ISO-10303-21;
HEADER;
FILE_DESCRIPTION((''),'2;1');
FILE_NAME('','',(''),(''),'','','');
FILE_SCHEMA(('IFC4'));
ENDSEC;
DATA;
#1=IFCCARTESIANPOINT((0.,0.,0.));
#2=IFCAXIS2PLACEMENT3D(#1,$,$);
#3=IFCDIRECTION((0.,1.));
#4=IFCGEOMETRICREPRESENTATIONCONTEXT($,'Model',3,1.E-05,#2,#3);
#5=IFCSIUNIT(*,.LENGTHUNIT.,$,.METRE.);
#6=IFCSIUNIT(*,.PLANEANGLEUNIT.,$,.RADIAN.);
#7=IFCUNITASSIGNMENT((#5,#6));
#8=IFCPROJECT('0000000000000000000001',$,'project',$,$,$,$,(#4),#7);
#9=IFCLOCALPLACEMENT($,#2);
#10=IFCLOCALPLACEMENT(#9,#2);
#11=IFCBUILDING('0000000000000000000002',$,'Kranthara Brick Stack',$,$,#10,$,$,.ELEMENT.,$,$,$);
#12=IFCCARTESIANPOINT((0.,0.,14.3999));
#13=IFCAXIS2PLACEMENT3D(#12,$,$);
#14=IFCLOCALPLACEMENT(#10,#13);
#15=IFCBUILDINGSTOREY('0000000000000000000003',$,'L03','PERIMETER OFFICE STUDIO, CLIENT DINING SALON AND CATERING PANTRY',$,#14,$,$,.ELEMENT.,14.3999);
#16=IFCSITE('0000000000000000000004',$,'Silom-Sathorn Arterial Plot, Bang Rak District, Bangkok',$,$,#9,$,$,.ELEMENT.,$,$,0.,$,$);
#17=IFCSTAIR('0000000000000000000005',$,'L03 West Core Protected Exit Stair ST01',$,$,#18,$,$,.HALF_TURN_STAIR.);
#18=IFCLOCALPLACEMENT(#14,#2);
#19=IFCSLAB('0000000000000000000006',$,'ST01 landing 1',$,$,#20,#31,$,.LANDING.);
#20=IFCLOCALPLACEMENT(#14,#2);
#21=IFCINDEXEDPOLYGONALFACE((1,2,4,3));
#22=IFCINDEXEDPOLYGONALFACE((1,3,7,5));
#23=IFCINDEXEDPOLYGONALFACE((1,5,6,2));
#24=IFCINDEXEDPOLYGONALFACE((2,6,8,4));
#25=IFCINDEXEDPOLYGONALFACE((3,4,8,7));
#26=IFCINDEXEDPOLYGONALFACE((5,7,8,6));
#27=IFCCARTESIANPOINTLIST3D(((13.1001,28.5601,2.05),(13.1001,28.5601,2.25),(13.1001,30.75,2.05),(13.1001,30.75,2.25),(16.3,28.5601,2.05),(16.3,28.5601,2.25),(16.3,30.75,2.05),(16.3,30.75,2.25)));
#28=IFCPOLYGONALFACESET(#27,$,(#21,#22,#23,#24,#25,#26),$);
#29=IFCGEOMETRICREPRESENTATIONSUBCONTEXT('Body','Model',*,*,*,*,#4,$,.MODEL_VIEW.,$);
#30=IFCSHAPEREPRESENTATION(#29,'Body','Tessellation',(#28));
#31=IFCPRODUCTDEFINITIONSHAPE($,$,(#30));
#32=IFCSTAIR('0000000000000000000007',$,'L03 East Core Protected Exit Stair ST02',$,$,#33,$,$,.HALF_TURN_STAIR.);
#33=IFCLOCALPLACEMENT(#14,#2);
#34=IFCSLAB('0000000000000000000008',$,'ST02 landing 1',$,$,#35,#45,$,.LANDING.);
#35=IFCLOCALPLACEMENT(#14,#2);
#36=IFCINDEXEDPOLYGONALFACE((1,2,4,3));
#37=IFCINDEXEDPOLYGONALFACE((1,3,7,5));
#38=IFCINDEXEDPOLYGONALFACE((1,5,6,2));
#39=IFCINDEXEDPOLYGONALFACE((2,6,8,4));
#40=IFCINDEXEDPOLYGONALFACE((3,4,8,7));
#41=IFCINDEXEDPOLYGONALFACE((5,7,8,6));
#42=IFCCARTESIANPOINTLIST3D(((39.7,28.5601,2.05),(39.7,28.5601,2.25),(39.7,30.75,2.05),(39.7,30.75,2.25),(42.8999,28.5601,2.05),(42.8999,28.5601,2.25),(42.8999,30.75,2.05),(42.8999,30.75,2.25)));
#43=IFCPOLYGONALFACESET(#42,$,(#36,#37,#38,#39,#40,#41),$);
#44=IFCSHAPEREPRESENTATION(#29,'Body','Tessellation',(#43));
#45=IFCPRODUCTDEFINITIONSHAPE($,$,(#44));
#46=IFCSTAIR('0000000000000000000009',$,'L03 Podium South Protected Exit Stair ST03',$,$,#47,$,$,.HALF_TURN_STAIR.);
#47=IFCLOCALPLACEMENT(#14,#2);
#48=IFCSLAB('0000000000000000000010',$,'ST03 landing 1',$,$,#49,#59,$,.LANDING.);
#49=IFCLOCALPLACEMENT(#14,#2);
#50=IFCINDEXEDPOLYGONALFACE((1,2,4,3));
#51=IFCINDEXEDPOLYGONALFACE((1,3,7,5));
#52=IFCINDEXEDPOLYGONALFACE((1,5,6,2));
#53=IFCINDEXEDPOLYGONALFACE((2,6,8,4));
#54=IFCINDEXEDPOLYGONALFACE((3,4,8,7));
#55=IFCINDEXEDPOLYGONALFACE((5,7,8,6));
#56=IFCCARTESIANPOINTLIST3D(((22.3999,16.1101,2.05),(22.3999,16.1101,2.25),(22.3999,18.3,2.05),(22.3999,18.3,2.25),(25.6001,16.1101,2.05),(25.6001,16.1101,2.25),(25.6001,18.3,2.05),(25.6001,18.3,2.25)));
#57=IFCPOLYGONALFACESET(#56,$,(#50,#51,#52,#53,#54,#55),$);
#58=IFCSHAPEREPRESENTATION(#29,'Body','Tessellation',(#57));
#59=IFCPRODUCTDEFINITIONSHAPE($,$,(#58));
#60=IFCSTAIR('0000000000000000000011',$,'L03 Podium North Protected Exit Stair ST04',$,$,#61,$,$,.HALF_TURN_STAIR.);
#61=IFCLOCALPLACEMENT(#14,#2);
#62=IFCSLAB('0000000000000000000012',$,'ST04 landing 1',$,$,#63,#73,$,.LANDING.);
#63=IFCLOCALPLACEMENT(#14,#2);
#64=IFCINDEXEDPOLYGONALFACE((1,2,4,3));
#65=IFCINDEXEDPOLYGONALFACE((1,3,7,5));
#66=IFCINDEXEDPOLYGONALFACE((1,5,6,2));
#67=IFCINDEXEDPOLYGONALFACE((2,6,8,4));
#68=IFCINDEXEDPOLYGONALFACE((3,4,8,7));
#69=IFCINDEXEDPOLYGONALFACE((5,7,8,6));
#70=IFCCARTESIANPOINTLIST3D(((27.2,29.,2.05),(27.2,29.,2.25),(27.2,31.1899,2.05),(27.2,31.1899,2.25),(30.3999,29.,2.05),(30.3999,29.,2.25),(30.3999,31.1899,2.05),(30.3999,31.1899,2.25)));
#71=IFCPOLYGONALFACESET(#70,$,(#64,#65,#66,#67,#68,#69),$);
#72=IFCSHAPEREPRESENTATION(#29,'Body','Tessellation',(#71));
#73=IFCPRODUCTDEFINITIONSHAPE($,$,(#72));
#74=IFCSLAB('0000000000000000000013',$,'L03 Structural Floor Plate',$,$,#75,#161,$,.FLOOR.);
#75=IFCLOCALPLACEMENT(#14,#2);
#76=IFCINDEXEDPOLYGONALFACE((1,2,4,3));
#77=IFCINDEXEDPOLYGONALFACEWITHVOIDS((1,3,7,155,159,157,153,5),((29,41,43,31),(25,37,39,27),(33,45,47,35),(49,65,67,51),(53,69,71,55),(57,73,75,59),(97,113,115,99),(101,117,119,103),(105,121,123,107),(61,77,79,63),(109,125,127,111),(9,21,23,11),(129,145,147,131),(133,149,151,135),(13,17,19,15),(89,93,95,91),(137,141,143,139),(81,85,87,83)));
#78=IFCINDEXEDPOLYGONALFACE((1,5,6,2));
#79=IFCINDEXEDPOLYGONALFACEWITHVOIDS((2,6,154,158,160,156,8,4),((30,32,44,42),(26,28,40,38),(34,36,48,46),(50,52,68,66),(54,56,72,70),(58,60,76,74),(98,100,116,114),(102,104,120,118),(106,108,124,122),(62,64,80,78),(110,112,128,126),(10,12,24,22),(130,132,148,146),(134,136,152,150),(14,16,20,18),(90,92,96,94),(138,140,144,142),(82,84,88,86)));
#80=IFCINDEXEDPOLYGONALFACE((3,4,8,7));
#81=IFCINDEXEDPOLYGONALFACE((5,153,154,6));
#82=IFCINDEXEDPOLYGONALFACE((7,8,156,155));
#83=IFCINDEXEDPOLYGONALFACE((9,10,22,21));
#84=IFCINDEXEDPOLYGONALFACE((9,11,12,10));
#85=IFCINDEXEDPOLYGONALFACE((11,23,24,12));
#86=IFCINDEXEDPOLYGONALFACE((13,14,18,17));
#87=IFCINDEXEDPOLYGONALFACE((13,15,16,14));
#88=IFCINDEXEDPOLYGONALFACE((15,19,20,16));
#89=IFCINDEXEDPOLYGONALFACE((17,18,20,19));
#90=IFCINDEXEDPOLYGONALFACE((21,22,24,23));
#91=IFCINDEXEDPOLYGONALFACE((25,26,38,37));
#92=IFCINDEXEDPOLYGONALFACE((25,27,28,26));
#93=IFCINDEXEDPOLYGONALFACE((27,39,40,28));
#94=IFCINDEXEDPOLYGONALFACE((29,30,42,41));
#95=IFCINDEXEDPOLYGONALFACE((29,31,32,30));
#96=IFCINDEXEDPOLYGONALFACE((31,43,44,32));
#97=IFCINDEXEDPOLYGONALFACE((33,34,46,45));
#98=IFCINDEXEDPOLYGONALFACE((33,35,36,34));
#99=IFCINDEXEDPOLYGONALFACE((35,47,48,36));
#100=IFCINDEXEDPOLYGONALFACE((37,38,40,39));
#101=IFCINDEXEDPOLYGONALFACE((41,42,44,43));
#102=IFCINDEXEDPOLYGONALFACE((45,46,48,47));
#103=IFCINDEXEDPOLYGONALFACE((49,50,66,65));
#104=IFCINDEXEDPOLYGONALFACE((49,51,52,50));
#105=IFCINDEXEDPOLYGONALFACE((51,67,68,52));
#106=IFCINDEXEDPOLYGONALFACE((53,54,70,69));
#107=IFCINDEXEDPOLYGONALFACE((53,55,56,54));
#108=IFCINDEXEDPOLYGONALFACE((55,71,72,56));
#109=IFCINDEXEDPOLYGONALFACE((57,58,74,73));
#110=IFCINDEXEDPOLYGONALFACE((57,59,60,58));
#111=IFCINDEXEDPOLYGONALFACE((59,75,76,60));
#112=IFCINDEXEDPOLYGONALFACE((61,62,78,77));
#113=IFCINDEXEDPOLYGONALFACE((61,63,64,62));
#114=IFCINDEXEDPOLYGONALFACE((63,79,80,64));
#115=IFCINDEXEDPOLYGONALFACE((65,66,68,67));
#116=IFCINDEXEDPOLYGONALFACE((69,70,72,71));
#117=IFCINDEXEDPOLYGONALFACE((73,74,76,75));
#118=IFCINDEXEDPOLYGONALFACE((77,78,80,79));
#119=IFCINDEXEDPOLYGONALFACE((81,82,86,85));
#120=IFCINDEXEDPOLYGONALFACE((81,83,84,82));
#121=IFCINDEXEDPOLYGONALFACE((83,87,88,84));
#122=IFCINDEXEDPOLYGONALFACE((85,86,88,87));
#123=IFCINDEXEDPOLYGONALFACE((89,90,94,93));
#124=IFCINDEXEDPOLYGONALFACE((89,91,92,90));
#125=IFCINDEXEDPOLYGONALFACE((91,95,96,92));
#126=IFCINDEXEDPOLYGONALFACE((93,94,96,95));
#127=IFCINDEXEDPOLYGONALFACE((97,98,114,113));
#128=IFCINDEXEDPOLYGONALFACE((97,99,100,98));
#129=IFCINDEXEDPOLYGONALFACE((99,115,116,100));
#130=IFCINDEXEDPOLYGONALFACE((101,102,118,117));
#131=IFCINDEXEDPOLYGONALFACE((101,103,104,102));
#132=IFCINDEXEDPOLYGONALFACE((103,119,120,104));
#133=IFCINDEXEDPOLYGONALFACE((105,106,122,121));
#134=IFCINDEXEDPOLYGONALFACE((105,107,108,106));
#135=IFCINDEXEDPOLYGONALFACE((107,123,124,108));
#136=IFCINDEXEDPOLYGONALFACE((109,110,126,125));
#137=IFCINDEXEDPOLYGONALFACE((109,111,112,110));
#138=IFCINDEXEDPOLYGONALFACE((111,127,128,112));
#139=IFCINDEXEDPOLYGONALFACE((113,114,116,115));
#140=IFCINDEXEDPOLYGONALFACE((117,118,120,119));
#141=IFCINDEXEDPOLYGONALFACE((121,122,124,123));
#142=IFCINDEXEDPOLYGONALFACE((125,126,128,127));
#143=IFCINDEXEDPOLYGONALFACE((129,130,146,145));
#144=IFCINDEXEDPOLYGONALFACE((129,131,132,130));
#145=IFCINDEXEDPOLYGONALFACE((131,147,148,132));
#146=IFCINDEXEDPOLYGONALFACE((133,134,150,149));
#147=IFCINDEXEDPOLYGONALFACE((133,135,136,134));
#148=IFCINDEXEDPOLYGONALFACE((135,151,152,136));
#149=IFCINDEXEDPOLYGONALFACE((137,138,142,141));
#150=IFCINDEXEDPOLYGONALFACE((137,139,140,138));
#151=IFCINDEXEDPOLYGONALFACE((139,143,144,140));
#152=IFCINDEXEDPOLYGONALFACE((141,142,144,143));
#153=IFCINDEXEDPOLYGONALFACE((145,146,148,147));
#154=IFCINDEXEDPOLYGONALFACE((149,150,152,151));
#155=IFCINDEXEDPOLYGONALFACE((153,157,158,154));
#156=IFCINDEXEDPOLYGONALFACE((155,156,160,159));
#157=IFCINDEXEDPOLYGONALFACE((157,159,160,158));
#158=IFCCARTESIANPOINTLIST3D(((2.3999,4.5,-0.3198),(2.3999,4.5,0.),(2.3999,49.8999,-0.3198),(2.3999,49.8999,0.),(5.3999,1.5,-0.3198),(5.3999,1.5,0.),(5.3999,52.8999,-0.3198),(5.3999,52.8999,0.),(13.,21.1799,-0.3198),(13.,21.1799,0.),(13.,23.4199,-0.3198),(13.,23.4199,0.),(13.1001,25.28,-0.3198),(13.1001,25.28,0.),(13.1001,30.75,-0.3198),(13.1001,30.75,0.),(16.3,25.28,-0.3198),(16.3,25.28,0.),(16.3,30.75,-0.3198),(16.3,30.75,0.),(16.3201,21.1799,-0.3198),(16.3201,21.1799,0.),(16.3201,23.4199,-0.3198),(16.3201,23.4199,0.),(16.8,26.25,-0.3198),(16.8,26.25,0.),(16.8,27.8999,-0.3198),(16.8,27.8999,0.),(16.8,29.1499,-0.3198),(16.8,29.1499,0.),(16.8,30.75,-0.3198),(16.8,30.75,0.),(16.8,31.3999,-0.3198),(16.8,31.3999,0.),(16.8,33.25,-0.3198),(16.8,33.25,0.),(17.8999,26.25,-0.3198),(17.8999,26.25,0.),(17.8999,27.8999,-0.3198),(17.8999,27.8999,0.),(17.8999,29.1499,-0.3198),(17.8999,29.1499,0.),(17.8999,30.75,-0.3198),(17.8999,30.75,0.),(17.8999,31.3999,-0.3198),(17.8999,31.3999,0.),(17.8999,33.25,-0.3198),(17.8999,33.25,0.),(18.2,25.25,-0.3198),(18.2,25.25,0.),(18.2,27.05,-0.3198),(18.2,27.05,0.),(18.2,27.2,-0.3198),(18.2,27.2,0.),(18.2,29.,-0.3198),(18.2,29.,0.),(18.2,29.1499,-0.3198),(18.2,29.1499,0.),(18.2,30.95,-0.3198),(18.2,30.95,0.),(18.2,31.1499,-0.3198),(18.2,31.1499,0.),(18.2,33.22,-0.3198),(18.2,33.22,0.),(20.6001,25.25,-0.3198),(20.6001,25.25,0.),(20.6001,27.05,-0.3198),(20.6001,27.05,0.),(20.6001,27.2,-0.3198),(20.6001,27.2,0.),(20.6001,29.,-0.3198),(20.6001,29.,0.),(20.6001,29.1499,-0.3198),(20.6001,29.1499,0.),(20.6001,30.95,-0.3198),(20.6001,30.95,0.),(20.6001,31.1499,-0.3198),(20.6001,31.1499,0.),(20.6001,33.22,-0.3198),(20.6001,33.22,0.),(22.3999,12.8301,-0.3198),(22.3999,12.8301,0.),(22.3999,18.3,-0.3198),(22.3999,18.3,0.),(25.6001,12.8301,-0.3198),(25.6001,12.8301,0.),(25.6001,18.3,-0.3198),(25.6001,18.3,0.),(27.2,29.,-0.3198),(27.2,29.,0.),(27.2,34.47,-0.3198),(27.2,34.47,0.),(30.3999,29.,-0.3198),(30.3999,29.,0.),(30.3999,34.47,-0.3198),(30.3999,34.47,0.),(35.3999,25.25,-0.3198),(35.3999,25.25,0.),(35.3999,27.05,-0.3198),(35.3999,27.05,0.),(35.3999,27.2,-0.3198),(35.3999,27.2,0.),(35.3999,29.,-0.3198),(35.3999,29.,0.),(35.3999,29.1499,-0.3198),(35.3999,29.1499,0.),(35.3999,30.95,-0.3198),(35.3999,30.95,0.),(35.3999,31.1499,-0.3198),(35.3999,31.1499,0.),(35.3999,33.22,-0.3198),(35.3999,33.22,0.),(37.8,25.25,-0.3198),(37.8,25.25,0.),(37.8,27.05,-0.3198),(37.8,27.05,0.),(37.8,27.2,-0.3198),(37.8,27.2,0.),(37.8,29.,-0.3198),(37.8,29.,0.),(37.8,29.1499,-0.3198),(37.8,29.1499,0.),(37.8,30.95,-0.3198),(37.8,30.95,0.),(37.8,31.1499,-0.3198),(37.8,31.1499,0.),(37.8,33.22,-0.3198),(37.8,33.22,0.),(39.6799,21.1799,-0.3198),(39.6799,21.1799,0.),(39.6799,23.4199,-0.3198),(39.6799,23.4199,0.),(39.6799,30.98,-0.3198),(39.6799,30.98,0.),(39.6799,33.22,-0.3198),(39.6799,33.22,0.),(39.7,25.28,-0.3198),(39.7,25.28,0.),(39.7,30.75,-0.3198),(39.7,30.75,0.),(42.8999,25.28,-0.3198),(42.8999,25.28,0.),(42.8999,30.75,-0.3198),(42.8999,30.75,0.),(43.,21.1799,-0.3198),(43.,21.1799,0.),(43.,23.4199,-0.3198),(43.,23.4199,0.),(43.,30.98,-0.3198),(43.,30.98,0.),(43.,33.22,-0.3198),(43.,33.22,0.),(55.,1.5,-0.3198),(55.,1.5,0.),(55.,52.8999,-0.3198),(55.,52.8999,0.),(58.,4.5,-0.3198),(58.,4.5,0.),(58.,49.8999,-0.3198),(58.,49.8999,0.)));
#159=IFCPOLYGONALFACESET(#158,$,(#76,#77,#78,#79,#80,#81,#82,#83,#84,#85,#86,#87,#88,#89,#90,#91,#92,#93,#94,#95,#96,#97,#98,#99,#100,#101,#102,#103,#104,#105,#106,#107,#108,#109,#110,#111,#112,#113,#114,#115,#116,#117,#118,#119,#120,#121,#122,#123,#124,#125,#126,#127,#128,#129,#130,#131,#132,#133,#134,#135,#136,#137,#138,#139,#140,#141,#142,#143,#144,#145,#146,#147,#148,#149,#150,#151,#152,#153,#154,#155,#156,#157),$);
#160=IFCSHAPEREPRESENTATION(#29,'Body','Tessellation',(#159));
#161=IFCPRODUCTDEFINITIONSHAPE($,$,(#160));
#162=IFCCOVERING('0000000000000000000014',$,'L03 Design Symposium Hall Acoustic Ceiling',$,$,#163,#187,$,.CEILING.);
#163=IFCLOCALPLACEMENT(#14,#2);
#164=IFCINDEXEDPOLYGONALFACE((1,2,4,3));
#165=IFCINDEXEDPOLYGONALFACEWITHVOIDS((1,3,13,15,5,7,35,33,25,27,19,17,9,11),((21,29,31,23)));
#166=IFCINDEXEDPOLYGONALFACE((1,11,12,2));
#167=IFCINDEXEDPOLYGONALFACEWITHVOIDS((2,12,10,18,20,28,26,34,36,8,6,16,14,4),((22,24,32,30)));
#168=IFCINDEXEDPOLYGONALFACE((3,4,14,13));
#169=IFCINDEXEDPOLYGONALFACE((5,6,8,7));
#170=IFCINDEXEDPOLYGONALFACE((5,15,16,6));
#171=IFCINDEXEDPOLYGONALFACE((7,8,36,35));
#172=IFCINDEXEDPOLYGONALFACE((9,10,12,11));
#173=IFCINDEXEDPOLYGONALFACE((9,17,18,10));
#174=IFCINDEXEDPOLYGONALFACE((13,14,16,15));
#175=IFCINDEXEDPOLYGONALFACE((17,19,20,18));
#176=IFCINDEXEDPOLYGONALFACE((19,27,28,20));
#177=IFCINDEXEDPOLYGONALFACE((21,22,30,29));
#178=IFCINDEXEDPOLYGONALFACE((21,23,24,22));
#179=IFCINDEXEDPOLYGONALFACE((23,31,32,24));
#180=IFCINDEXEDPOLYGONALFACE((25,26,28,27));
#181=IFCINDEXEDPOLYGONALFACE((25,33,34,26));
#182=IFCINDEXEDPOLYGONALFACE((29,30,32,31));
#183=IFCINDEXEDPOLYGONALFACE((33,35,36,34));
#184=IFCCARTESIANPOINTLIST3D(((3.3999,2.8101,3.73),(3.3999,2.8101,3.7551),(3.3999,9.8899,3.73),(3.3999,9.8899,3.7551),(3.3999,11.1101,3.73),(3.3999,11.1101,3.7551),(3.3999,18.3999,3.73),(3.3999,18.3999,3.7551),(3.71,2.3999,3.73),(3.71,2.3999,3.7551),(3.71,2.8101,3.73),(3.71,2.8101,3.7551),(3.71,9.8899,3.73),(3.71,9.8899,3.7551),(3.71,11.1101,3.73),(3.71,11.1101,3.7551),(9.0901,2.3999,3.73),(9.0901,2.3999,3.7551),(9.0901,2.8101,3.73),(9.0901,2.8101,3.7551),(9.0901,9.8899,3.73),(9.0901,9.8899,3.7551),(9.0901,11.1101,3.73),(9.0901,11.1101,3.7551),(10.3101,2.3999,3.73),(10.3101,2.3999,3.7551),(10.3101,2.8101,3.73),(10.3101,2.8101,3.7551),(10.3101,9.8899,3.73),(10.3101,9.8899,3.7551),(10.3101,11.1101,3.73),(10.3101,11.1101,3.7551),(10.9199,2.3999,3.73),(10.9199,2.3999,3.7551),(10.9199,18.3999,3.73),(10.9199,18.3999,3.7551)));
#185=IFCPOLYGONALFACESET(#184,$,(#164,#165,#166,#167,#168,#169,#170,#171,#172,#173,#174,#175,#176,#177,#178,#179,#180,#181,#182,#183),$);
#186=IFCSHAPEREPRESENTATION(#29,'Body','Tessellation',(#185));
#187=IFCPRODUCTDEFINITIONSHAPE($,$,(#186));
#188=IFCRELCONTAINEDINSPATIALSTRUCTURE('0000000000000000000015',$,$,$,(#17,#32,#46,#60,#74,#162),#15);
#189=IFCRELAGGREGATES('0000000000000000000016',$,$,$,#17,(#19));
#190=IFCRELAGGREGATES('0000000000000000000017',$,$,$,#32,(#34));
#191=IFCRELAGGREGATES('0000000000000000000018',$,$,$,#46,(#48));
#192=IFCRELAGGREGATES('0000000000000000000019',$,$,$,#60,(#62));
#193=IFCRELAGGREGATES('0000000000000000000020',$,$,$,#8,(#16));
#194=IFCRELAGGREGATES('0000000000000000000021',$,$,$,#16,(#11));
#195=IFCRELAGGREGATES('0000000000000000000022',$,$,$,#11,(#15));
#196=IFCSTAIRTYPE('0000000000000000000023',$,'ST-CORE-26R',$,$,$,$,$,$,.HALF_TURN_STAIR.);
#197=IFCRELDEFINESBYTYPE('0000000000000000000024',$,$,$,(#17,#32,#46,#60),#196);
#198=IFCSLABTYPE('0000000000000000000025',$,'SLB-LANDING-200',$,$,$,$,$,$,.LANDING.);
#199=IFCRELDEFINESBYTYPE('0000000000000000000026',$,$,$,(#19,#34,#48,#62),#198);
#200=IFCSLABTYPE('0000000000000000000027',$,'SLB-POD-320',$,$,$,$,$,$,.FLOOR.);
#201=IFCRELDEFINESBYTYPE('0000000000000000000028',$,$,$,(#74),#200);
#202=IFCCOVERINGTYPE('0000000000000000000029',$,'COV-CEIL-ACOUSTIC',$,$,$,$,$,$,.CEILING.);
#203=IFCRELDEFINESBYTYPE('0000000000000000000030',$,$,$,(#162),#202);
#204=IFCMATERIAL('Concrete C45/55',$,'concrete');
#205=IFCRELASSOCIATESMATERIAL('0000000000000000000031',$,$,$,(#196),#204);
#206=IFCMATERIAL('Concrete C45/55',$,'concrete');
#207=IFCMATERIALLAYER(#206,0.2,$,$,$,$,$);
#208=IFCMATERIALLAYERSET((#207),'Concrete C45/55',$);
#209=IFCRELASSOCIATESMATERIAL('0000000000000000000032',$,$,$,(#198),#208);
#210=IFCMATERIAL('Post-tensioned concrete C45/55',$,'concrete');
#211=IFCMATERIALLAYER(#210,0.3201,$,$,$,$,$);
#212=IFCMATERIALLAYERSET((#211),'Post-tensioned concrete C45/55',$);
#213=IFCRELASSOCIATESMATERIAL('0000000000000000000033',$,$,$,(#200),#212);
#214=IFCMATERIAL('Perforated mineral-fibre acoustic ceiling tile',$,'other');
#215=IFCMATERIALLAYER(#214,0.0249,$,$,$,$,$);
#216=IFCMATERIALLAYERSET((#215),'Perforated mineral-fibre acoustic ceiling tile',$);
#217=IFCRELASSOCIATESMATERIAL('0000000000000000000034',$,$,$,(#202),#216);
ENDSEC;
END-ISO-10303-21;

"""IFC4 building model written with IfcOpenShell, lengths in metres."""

from ifc_helpers import new_model, si_unit, direction, frame, origin, place, context, subcontext, project, spatial, polyline, outline, extrude, material, layer, layer_set, type_object, element, aggregate, save


model = new_model("IFC4")

# Units and contexts
model_context = context("Model", 3, precision=1e-05, world=origin(), true_north=direction((0.0, 1.0)))
body_context = subcontext(model_context, "Body", "Model", "MODEL_VIEW")
ifc_project = project(units=[si_unit("LENGTHUNIT", "METRE"), si_unit("PLANEANGLEUNIT", "RADIAN")], contexts=[model_context])

# Site, building, storey
site_placement = place(None, origin())
site = spatial("IfcSite", under=ifc_project, at=site_placement, Name="Silom-Sathorn Arterial Plot, Bang Rak District, Bangkok", CompositionType="ELEMENT", RefElevation=0.0)
building_placement = place(site_placement, origin())
building = spatial("IfcBuilding", under=site, at=building_placement, Name="Kranthara Brick Stack", CompositionType="ELEMENT")
storey_placement = place(building_placement, frame((0.0, 0.0, 14.3999)))
storey = spatial("IfcBuildingStorey", under=building, at=storey_placement, Name="L03", Description="PERIMETER OFFICE STUDIO, CLIENT DINING SALON AND CATERING PANTRY", CompositionType="ELEMENT", Elevation=14.3999)

# Stairs, slabs
ifc_material_1 = material(Name="Concrete C45/55", Category="concrete")
stair_type = type_object("IfcStairType", Name="ST-CORE-26R", PredefinedType="HALF_TURN_STAIR", material=ifc_material_1)
stair_1_placement = place(storey_placement, origin())
stair_1 = element("IfcStair", 1, at=stair_1_placement, inside=storey, type_object=stair_type, Name="L03 West Core Protected Exit Stair ST01", PredefinedType="HALF_TURN_STAIR")
ifc_material_2 = material(Name="Concrete C45/55", Category="concrete")
ifc_layer_1 = layer(ifc_material_2, 0.2)
ifc_layer_set_1 = layer_set([ifc_layer_1], Name="Concrete C45/55")
slab_type_1 = type_object("IfcSlabType", Name="SLB-LANDING-200", PredefinedType="LANDING", material=ifc_layer_set_1)
slab_1_placement = place(storey_placement, frame((0.0, 0.0, 2.05)))
slab_1 = element("IfcSlab", 2, at=slab_1_placement, type_object=slab_type_1, Name="ST01 landing 1", PredefinedType="LANDING", context=body_context, shape_type="SweptSolid", body=[
    extrude(outline(polyline([(16.3, 28.5601), (16.3, 30.75), (13.1001, 30.75), (13.1001, 28.5601), (16.3, 28.5601)])), origin(), (0.0, 0.0, 1.0), 0.2),
])
aggregate(stair_1, [slab_1])
stair_2_placement = place(storey_placement, origin())
stair_2 = element("IfcStair", 3, at=stair_2_placement, inside=storey, type_object=stair_type, Name="L03 East Core Protected Exit Stair ST02", PredefinedType="HALF_TURN_STAIR")
slab_2_placement = place(storey_placement, frame((0.0, 0.0, 2.05)))
slab_2 = element("IfcSlab", 4, at=slab_2_placement, type_object=slab_type_1, Name="ST02 landing 1", PredefinedType="LANDING", context=body_context, shape_type="SweptSolid", body=[
    extrude(outline(polyline([(42.8999, 28.5601), (42.8999, 30.75), (39.7, 30.75), (39.7, 28.5601), (42.8999, 28.5601)])), origin(), (0.0, 0.0, 1.0), 0.2),
])
aggregate(stair_2, [slab_2])
stair_3_placement = place(storey_placement, origin())
stair_3 = element("IfcStair", 5, at=stair_3_placement, inside=storey, type_object=stair_type, Name="L03 Podium South Protected Exit Stair ST03", PredefinedType="HALF_TURN_STAIR")
slab_3_placement = place(storey_placement, frame((0.0, 0.0, 2.05)))
slab_3 = element("IfcSlab", 6, at=slab_3_placement, type_object=slab_type_1, Name="ST03 landing 1", PredefinedType="LANDING", context=body_context, shape_type="SweptSolid", body=[
    extrude(outline(polyline([(25.6001, 16.1101), (25.6001, 18.3), (22.3999, 18.3), (22.3999, 16.1101), (25.6001, 16.1101)])), origin(), (0.0, 0.0, 1.0), 0.2),
])
aggregate(stair_3, [slab_3])
stair_4_placement = place(storey_placement, origin())
stair_4 = element("IfcStair", 7, at=stair_4_placement, inside=storey, type_object=stair_type, Name="L03 Podium North Protected Exit Stair ST04", PredefinedType="HALF_TURN_STAIR")
slab_4_placement = place(storey_placement, frame((0.0, 0.0, 2.05)))
slab_4 = element("IfcSlab", 8, at=slab_4_placement, type_object=slab_type_1, Name="ST04 landing 1", PredefinedType="LANDING", context=body_context, shape_type="SweptSolid", body=[
    extrude(outline(polyline([(27.2, 31.1899), (27.2, 29.0), (30.3999, 29.0), (30.3999, 31.1899), (27.2, 31.1899)])), origin(), (0.0, 0.0, 1.0), 0.2),
])
aggregate(stair_4, [slab_4])

# Slab
ifc_material_3 = material(Name="Post-tensioned concrete C45/55", Category="concrete")
ifc_layer_2 = layer(ifc_material_3, 0.3201)
ifc_layer_set_2 = layer_set([ifc_layer_2], Name="Post-tensioned concrete C45/55")
slab_type_2 = type_object("IfcSlabType", Name="SLB-POD-320", PredefinedType="FLOOR", material=ifc_layer_set_2)
slab_5_placement = place(storey_placement, frame((0.0, 0.0, -0.3198)))
element("IfcSlab", 9, at=slab_5_placement, inside=storey, type_object=slab_type_2, Name="L03 Structural Floor Plate", PredefinedType="FLOOR", context=body_context, shape_type="SweptSolid", body=[
    extrude(outline(polyline([(5.3999, 1.5), (55.0, 1.5), (58.0, 4.5), (58.0, 49.8999), (55.0, 52.8999), (5.3999, 52.8999), (2.3999, 49.8999), (2.3999, 4.5), (5.3999, 1.5)]), holes=[polyline([(13.1001, 25.28), (16.3, 25.28), (16.3, 30.75), (13.1001, 30.75), (13.1001, 25.28)]), polyline([(39.7, 25.28), (42.8999, 25.28), (42.8999, 30.75), (39.7, 30.75), (39.7, 25.28)]), polyline([(22.3999, 12.8301), (25.6001, 12.8301), (25.6001, 18.3), (22.3999, 18.3), (22.3999, 12.8301)]), polyline([(27.2, 29.0), (30.3999, 29.0), (30.3999, 34.47), (27.2, 34.47), (27.2, 29.0)]), polyline([(13.0, 21.1799), (16.3201, 21.1799), (16.3201, 23.4199), (13.0, 23.4199), (13.0, 21.1799)]), polyline([(39.6799, 21.1799), (43.0, 21.1799), (43.0, 23.4199), (39.6799, 23.4199), (39.6799, 21.1799)]), polyline([(39.6799, 30.98), (43.0, 30.98), (43.0, 33.22), (39.6799, 33.22), (39.6799, 30.98)]), polyline([(18.2, 25.25), (20.6001, 25.25), (20.6001, 27.05), (18.2, 27.05), (18.2, 25.25)]), polyline([(18.2, 27.2), (20.6001, 27.2), (20.6001, 29.0), (18.2, 29.0), (18.2, 27.2)]), polyline([(18.2, 29.1499), (20.6001, 29.1499), (20.6001, 30.95), (18.2, 30.95), (18.2, 29.1499)]), polyline([(35.3999, 25.25), (37.8, 25.25), (37.8, 27.05), (35.3999, 27.05), (35.3999, 25.25)]), polyline([(35.3999, 27.2), (37.8, 27.2), (37.8, 29.0), (35.3999, 29.0), (35.3999, 27.2)]), polyline([(35.3999, 29.1499), (37.8, 29.1499), (37.8, 30.95), (35.3999, 30.95), (35.3999, 29.1499)]), polyline([(18.2, 31.1499), (20.6001, 31.1499), (20.6001, 33.22), (18.2, 33.22), (18.2, 31.1499)]), polyline([(35.3999, 31.1499), (37.8, 31.1499), (37.8, 33.22), (35.3999, 33.22), (35.3999, 31.1499)]), polyline([(16.8, 26.25), (17.8999, 26.25), (17.8999, 27.8999), (16.8, 27.8999), (16.8, 26.25)]), polyline([(16.8, 29.1499), (17.8999, 29.1499), (17.8999, 30.75), (16.8, 30.75), (16.8, 29.1499)]), polyline([(16.8, 31.3999), (17.8999, 31.3999), (17.8999, 33.25), (16.8, 33.25), (16.8, 31.3999)])]), origin(), (0.0, 0.0, 1.0), 0.3198),
])

# Covering
ifc_material_4 = material(Name="Perforated mineral-fibre acoustic ceiling tile", Category="other")
ifc_layer_3 = layer(ifc_material_4, 0.0249)
ifc_layer_set_3 = layer_set([ifc_layer_3], Name="Perforated mineral-fibre acoustic ceiling tile")
covering_type_1 = type_object("IfcCoveringType", Name="COV-CEIL-ACOUSTIC", PredefinedType="CEILING", material=ifc_layer_set_3)
covering_1_placement = place(storey_placement, frame((0.0, 0.0, 3.73)))
element("IfcCovering", 10, at=covering_1_placement, inside=storey, type_object=covering_type_1, Name="L03 Design Symposium Hall Acoustic Ceiling", PredefinedType="CEILING", context=body_context, shape_type="SweptSolid", body=[
    extrude(outline(polyline([(10.3101, 2.3999), (10.3101, 2.8101), (9.0901, 2.8101), (9.0901, 2.3999), (3.71, 2.3999), (3.71, 2.8101), (3.3999, 2.8101), (3.3999, 9.8899), (3.71, 9.8899), (3.71, 11.1101), (3.3999, 11.1101), (3.3999, 18.3999), (10.9199, 18.3999), (10.9199, 2.3999), (10.3101, 2.3999)]), holes=[polyline([(10.3101, 11.1101), (9.0901, 11.1101), (9.0901, 9.8899), (10.3101, 9.8899), (10.3101, 11.1101)])]), origin(), (0.0, 0.0, 1.0), 0.0251),
])

save(model, "model.ifc")
